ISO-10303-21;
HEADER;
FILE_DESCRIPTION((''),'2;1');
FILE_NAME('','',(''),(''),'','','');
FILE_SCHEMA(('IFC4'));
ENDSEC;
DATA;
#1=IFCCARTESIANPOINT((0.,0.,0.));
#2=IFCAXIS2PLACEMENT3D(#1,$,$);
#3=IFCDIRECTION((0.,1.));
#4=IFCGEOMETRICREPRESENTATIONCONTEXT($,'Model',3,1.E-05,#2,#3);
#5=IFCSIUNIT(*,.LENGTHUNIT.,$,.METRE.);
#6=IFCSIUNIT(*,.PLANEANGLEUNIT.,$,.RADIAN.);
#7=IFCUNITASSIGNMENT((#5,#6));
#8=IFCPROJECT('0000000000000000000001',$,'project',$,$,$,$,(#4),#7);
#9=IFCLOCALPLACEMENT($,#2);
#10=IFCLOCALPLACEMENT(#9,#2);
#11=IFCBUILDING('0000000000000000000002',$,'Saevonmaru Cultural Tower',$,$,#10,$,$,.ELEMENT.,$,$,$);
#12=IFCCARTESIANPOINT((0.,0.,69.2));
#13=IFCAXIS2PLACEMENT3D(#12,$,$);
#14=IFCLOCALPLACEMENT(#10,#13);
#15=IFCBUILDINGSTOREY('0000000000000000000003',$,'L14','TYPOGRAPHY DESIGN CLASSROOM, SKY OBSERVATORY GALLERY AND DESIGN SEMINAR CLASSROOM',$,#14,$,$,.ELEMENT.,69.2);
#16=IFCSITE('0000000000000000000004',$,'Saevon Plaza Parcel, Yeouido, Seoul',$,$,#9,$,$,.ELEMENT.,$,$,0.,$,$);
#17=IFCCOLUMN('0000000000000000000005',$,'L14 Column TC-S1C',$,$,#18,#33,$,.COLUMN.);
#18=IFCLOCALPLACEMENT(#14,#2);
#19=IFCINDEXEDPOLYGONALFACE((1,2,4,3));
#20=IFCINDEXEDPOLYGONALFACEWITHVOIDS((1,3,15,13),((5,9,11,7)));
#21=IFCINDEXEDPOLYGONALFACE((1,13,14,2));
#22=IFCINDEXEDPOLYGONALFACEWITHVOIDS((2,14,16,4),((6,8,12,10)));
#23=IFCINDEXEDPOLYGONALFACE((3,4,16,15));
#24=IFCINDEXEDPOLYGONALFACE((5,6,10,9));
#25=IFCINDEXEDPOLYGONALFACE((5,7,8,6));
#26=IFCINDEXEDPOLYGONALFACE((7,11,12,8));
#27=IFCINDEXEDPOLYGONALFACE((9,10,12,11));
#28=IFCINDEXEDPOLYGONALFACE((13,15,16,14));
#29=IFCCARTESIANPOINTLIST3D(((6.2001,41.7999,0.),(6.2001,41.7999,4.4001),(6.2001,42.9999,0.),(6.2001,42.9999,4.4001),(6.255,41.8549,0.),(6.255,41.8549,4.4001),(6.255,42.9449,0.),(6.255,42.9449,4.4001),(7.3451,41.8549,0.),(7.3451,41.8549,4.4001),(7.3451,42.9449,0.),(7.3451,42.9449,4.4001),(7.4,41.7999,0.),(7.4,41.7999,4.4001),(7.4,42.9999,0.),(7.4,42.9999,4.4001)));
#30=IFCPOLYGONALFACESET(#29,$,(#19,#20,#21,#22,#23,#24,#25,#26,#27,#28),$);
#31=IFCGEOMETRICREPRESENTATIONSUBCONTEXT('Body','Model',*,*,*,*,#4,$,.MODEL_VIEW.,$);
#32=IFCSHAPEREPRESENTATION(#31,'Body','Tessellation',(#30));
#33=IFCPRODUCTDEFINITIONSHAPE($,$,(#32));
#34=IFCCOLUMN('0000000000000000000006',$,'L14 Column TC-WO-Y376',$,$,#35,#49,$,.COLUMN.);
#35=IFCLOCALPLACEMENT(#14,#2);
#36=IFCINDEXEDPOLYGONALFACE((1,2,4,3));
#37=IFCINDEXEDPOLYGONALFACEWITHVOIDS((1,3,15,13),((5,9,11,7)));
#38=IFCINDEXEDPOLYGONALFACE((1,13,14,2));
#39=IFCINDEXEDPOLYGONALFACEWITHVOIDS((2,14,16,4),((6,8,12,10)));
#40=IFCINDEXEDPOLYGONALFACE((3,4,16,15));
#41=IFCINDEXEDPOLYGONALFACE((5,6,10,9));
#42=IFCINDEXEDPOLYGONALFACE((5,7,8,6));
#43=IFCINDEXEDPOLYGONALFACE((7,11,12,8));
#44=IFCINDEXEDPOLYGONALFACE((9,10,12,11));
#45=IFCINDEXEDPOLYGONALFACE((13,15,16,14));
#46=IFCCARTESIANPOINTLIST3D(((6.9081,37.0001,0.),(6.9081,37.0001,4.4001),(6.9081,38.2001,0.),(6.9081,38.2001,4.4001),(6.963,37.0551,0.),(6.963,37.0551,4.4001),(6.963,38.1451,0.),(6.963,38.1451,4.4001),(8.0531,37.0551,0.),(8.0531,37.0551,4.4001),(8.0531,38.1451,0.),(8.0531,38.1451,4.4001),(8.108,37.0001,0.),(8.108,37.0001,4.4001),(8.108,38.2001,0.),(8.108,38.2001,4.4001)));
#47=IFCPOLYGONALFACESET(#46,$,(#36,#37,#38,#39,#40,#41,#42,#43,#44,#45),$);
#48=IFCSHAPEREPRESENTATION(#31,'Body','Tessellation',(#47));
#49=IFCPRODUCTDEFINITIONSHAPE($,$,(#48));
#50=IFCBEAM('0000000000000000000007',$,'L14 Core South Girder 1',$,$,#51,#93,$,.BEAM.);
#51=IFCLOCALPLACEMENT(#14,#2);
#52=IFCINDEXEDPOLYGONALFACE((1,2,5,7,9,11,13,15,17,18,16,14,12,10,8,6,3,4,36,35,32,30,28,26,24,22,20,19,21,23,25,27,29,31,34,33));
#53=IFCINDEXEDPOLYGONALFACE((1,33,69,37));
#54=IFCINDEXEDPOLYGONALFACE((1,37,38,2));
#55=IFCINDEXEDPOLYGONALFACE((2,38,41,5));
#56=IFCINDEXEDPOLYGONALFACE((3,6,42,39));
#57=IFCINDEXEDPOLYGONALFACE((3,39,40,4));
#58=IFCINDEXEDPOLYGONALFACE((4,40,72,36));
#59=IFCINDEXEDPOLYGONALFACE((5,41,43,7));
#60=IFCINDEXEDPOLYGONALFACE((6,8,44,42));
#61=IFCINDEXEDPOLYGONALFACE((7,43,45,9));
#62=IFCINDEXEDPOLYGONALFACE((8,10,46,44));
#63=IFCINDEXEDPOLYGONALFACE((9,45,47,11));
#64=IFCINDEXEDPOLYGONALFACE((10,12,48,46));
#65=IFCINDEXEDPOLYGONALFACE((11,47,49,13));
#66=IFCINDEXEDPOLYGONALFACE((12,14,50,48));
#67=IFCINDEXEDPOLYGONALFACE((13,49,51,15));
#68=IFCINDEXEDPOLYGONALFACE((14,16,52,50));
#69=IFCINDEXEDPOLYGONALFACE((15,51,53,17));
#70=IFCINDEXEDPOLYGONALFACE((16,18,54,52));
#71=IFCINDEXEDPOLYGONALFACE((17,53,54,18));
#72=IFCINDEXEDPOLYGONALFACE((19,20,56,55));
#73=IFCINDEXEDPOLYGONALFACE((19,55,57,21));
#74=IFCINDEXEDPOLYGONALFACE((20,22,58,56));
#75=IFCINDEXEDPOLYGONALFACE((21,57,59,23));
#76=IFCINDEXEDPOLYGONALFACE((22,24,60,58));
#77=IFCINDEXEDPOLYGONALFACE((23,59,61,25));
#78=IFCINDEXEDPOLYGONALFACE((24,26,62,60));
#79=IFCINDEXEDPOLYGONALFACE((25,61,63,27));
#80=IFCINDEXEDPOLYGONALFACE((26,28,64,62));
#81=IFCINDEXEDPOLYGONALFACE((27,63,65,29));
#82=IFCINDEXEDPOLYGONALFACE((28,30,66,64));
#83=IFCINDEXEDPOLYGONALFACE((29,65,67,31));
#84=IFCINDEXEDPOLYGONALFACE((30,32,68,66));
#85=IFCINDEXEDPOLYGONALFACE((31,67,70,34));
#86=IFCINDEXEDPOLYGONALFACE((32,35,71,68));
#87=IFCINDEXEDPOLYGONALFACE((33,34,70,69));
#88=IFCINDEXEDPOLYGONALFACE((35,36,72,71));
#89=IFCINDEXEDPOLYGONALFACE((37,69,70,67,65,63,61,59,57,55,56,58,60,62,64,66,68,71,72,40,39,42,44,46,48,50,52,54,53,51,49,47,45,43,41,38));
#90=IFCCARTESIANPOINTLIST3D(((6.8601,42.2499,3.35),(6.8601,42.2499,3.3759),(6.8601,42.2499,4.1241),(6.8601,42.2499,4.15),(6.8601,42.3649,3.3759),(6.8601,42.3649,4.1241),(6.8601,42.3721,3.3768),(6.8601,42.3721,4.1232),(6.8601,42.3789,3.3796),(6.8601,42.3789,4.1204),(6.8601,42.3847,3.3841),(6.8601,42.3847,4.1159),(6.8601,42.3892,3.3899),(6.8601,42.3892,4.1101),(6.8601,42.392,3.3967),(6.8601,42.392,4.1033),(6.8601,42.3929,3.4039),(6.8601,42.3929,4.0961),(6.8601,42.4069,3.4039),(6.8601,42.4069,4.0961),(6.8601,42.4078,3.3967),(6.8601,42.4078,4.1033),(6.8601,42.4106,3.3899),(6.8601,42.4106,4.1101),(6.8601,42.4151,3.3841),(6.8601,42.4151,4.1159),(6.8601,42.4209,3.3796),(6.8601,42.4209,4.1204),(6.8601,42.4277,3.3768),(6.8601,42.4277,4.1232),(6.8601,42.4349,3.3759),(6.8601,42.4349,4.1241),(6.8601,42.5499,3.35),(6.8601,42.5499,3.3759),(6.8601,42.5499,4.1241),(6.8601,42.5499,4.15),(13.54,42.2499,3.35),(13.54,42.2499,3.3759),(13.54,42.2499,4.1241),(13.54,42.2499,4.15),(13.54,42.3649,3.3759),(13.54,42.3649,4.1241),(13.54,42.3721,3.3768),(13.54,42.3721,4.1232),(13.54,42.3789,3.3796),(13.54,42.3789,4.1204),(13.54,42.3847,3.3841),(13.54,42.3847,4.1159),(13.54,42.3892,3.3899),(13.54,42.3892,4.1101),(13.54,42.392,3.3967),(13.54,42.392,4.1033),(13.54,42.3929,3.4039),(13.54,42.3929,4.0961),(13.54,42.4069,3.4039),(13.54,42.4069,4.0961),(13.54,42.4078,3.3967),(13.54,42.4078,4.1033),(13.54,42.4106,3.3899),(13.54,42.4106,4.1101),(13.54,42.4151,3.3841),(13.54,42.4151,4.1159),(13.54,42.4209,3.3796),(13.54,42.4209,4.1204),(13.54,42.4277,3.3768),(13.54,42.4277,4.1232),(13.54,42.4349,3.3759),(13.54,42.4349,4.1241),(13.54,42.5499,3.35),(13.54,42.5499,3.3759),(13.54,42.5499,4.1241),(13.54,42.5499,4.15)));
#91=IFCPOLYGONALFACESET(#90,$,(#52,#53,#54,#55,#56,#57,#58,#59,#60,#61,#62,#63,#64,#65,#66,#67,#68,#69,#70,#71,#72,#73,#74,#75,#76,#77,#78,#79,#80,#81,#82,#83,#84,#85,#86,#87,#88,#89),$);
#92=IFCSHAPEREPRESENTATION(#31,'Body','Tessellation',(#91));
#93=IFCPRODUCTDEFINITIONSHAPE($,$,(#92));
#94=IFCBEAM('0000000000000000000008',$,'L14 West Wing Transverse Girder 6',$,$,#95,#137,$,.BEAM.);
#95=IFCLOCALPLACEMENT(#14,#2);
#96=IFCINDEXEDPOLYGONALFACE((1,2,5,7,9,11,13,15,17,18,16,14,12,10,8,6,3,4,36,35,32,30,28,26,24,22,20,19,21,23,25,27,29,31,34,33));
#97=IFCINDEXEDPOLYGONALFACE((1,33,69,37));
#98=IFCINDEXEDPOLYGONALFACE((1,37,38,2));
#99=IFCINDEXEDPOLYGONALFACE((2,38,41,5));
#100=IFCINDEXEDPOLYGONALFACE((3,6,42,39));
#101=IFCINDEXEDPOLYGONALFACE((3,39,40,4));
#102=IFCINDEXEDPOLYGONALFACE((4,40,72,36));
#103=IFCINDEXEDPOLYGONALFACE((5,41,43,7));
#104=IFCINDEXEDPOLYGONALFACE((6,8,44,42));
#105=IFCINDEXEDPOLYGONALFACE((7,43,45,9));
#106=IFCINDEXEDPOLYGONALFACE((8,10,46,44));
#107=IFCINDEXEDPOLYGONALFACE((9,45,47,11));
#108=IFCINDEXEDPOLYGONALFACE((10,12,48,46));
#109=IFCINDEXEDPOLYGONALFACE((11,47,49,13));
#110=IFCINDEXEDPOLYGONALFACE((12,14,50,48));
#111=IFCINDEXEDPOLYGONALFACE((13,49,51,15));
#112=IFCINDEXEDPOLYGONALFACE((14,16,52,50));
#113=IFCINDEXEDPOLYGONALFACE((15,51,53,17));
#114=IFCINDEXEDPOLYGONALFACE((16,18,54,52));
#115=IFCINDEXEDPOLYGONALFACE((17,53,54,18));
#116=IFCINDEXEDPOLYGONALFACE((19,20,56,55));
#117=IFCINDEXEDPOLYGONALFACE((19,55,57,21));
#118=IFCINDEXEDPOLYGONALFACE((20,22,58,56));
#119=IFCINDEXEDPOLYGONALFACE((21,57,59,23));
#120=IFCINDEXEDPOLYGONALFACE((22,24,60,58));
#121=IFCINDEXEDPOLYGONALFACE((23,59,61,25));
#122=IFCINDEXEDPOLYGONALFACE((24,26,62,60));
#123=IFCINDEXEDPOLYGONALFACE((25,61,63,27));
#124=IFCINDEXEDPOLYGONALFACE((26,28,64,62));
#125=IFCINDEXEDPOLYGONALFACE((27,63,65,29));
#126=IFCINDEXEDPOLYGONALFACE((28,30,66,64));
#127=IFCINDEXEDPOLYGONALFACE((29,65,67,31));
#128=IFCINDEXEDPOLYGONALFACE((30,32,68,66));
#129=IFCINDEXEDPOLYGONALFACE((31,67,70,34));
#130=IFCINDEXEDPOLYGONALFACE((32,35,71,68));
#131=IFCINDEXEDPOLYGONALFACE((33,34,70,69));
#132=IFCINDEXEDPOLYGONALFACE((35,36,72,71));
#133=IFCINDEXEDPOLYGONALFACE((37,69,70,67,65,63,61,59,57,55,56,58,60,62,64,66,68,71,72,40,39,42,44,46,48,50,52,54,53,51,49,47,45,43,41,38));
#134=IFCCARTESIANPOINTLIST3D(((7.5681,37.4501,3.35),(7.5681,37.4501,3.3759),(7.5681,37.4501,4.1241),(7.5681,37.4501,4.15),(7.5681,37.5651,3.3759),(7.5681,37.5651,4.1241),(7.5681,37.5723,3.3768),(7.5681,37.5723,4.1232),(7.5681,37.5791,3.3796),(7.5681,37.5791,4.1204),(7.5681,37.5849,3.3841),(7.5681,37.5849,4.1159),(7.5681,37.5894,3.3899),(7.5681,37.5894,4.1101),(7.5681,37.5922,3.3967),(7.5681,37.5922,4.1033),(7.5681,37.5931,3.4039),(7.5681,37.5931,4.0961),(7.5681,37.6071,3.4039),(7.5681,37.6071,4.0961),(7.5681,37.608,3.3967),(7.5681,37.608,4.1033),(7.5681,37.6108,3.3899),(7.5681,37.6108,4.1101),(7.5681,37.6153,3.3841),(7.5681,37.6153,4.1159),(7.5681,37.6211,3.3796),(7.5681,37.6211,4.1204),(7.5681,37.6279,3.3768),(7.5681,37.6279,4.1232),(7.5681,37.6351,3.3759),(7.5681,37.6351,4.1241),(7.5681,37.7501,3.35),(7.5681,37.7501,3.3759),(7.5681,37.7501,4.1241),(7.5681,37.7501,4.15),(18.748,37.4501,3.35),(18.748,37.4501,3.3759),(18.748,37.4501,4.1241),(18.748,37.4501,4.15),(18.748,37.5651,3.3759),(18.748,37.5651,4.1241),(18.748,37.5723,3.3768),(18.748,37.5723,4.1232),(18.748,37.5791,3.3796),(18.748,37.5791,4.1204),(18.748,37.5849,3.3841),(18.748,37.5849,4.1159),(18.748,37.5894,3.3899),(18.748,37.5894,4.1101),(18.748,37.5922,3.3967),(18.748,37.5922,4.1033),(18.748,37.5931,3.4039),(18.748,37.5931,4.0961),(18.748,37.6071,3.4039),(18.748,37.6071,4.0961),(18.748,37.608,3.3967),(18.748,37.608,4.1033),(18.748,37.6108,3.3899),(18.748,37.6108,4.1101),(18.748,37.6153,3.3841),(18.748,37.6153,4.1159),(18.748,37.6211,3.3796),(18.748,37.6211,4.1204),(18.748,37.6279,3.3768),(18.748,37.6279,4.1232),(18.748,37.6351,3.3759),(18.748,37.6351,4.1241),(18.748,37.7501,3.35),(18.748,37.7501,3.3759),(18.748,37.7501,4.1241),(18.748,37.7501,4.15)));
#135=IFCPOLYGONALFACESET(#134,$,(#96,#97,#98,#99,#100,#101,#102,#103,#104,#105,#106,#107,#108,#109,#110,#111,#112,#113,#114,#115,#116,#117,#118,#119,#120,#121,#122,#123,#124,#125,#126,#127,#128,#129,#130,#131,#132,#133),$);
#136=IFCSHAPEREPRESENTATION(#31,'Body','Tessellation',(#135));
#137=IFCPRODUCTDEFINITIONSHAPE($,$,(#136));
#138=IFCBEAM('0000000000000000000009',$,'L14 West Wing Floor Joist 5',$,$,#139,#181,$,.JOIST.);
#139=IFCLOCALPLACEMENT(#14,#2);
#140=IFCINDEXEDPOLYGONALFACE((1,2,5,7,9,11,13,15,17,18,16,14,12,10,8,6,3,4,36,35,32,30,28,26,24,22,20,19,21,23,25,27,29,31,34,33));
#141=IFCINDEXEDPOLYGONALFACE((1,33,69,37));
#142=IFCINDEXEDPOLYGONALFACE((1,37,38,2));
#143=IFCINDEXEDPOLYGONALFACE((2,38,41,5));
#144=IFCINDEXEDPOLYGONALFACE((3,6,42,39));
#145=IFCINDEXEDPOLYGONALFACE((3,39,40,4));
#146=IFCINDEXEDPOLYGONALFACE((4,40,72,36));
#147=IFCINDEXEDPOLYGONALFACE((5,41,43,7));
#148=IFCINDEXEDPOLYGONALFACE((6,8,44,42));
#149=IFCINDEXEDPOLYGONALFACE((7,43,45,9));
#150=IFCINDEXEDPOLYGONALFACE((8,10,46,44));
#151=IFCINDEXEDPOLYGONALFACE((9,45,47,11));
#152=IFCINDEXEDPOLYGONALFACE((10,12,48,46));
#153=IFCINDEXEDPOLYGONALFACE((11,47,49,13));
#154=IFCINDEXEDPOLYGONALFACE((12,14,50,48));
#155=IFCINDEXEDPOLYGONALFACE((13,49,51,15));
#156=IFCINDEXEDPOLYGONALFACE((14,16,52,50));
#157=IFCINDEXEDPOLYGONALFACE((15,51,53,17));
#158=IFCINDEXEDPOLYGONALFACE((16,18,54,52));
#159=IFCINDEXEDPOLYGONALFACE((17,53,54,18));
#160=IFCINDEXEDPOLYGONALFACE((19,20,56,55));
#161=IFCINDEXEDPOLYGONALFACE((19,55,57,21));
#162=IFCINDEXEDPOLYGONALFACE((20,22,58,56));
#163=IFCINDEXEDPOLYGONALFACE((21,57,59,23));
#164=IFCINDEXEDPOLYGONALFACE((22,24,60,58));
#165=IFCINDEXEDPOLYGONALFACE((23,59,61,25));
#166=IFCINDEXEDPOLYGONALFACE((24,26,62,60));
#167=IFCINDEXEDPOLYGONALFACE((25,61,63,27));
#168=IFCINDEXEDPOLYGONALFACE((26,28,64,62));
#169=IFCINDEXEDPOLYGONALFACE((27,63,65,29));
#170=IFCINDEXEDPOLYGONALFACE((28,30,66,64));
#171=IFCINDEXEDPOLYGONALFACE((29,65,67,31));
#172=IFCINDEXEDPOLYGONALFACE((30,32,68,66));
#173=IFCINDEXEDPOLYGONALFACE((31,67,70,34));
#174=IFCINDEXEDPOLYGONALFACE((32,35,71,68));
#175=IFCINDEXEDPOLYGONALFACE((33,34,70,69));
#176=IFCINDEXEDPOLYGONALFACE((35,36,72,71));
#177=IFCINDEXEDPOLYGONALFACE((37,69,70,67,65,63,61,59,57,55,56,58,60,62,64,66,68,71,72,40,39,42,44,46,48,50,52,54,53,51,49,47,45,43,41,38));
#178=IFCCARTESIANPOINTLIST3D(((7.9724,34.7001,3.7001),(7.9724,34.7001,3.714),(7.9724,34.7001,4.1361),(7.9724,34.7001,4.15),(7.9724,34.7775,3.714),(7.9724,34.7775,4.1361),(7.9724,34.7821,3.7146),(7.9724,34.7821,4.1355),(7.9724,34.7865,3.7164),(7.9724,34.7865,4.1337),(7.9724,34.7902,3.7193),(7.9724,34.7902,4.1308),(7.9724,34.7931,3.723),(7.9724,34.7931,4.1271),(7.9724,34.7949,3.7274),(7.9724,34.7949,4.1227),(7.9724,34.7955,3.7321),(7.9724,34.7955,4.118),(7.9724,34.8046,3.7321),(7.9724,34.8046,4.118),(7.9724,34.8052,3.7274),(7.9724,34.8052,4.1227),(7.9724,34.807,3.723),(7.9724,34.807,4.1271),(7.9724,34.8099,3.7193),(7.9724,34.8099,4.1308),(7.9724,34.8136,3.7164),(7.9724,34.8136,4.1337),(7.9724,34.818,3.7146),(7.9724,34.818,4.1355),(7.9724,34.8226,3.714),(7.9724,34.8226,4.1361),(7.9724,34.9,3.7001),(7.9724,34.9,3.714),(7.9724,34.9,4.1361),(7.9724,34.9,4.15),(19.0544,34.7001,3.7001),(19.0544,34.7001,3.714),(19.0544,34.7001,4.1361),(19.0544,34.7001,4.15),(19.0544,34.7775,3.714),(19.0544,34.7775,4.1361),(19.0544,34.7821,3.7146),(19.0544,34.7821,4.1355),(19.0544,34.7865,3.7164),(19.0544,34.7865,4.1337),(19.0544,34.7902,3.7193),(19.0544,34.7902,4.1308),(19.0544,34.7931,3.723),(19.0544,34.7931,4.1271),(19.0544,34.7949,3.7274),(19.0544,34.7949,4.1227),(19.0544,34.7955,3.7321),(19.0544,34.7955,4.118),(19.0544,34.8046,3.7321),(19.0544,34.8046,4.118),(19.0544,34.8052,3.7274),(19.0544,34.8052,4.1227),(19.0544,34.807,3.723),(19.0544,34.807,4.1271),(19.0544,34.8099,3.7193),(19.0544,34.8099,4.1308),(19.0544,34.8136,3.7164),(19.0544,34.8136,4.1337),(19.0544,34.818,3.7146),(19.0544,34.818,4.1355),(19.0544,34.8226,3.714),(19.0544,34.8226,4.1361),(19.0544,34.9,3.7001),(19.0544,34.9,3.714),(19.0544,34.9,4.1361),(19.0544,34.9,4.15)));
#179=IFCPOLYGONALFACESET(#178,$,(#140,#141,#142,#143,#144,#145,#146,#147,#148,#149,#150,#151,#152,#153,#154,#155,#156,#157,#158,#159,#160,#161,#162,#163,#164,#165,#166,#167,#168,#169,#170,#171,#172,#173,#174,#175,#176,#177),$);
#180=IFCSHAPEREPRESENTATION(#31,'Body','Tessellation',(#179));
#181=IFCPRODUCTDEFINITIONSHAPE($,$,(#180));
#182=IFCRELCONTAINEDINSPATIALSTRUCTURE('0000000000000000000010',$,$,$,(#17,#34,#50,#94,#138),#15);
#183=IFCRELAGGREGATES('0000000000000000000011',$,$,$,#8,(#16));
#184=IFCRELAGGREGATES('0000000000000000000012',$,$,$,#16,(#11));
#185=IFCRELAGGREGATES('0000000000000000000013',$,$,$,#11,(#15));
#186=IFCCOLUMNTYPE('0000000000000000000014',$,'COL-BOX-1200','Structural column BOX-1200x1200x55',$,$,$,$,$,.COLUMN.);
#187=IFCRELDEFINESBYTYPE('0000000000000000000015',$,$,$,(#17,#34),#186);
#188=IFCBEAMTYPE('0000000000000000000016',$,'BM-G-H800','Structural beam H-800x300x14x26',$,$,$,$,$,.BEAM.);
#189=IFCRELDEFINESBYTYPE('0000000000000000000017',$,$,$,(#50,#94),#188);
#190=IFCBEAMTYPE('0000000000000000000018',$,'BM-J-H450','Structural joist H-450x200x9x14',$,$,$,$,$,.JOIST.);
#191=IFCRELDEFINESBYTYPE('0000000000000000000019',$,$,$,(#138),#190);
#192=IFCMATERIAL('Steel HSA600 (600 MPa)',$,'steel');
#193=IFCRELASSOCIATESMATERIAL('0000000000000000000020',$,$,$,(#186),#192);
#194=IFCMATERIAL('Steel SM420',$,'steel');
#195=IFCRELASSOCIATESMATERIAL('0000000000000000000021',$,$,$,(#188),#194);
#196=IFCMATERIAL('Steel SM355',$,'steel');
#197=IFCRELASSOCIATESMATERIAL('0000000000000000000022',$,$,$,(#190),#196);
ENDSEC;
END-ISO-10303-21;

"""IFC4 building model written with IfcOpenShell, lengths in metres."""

from ifc_helpers import new_model, si_unit, direction, frame, origin, origin_2d, place, context, subcontext, project, spatial, hollow_rectangle, i_section, extrude, material, material_profile, profile_set, type_object, element, save


model = new_model("IFC4")

# Units and contexts
model_context = context("Model", 3, precision=1e-05, world=origin(), true_north=direction((0.0, 1.0)))
body_context = subcontext(model_context, "Body", "Model", "MODEL_VIEW")
ifc_project = project(units=[si_unit("LENGTHUNIT", "METRE"), si_unit("PLANEANGLEUNIT", "RADIAN")], contexts=[model_context])

# Site, building, storey
site_placement = place(None, origin())
site = spatial("IfcSite", under=ifc_project, at=site_placement, Name="Saevon Plaza Parcel, Yeouido, Seoul", CompositionType="ELEMENT", RefElevation=0.0)
building_placement = place(site_placement, origin())
building = spatial("IfcBuilding", under=site, at=building_placement, Name="Saevonmaru Cultural Tower", CompositionType="ELEMENT")
storey_placement = place(building_placement, frame((0.0, 0.0, 69.2)))
storey = spatial("IfcBuildingStorey", under=building, at=storey_placement, Name="L14", Description="TYPOGRAPHY DESIGN CLASSROOM, SKY OBSERVATORY GALLERY AND DESIGN SEMINAR CLASSROOM", CompositionType="ELEMENT", Elevation=69.2)

# Columns
ifc_material_1 = material(Name="Steel HSA600 (600 MPa)", Category="steel")
ifc_material_profile_1 = material_profile(ifc_material_1, hollow_rectangle(XDim=1.2, YDim=1.2, WallThickness=0.0549, at=origin_2d()), Name="BOX-1200x1200x55")
ifc_profile_set_1 = profile_set([ifc_material_profile_1], Name="Steel HSA600 (600 MPa)")
column_type = type_object("IfcColumnType", Name="COL-BOX-1200", Description="Structural column BOX-1200x1200x55", PredefinedType="COLUMN", material=ifc_profile_set_1)
for number, where, z_axis, x_axis, name in (
    (1, (6.8, 42.3999, 0.0), (0.0, 0.0, 1.0), (1.0, 0.0, 0.0), "L14 Column TC-S1C"),
    (2, (7.5081, 37.6001, 0.0), (0.0, 0.0, 1.0), (1.0, 0.0, 0.0), "L14 Column TC-WO-Y376"),
):
    element("IfcColumn", number, at=place(storey_placement, frame(where, z_axis=z_axis, x_axis=x_axis)), inside=storey, type_object=column_type, Name=name, PredefinedType="COLUMN", context=body_context, shape_type="SweptSolid", body=[
        extrude(hollow_rectangle(XDim=1.2, YDim=1.2, WallThickness=0.0549, at=origin_2d()), origin(), (0.0, 0.0, 1.0), 4.4001),
    ])

# Beams
ifc_material_2 = material(Name="Steel SM420", Category="steel")
ifc_material_profile_2 = material_profile(ifc_material_2, i_section(OverallWidth=0.3, OverallDepth=0.8, WebThickness=0.0139, FlangeThickness=0.0259, FilletRadius=0.0281, at=origin_2d()), Name="H-800x300x14x26")
ifc_profile_set_2 = profile_set([ifc_material_profile_2], Name="Steel SM420")
beam_type_1 = type_object("IfcBeamType", Name="BM-G-H800", Description="Structural beam H-800x300x14x26", PredefinedType="BEAM", material=ifc_profile_set_2)
beam_1_placement = place(storey_placement, frame((6.8601, 42.3999, 3.75), z_axis=(1.0, 0.0, 0.0), x_axis=(0.0, 1.0, 0.0)))
element("IfcBeam", 3, at=beam_1_placement, inside=storey, type_object=beam_type_1, Name="L14 Core South Girder 1", PredefinedType="BEAM", context=body_context, shape_type="SweptSolid", body=[
    extrude(i_section(OverallWidth=0.3, OverallDepth=0.8, WebThickness=0.0139, FlangeThickness=0.0259, FilletRadius=0.0281, at=origin_2d()), origin(), (0.0, 0.0, 1.0), 6.6799),
])
beam_2_placement = place(storey_placement, frame((7.5681, 37.6001, 3.75), z_axis=(1.0, 0.0, 0.0), x_axis=(0.0, 1.0, 0.0)))
element("IfcBeam", 4, at=beam_2_placement, inside=storey, type_object=beam_type_1, Name="L14 West Wing Transverse Girder 6", PredefinedType="BEAM", context=body_context, shape_type="SweptSolid", body=[
    extrude(i_section(OverallWidth=0.3, OverallDepth=0.8, WebThickness=0.0139, FlangeThickness=0.0259, FilletRadius=0.0281, at=origin_2d()), origin(), (0.0, 0.0, 1.0), 11.1799),
])
ifc_material_3 = material(Name="Steel SM355", Category="steel")
ifc_material_profile_3 = material_profile(ifc_material_3, i_section(OverallWidth=0.2, OverallDepth=0.45, WebThickness=0.009, FlangeThickness=0.0139, FilletRadius=0.0181, at=origin_2d()), Name="H-450x200x9x14")
ifc_profile_set_3 = profile_set([ifc_material_profile_3], Name="Steel SM355")
beam_type_2 = type_object("IfcBeamType", Name="BM-J-H450", Description="Structural joist H-450x200x9x14", PredefinedType="JOIST", material=ifc_profile_set_3)
beam_3_placement = place(storey_placement, frame((7.9724, 34.8, 3.925), z_axis=(1.0, 0.0, 0.0), x_axis=(0.0, 1.0, 0.0)))
element("IfcBeam", 5, at=beam_3_placement, inside=storey, type_object=beam_type_2, Name="L14 West Wing Floor Joist 5", PredefinedType="JOIST", context=body_context, shape_type="SweptSolid", body=[
    extrude(i_section(OverallWidth=0.2, OverallDepth=0.45, WebThickness=0.009, FlangeThickness=0.0139, FilletRadius=0.0181, at=origin_2d()), origin(), (0.0, 0.0, 1.0), 11.082),
])

save(model, "model.ifc")
